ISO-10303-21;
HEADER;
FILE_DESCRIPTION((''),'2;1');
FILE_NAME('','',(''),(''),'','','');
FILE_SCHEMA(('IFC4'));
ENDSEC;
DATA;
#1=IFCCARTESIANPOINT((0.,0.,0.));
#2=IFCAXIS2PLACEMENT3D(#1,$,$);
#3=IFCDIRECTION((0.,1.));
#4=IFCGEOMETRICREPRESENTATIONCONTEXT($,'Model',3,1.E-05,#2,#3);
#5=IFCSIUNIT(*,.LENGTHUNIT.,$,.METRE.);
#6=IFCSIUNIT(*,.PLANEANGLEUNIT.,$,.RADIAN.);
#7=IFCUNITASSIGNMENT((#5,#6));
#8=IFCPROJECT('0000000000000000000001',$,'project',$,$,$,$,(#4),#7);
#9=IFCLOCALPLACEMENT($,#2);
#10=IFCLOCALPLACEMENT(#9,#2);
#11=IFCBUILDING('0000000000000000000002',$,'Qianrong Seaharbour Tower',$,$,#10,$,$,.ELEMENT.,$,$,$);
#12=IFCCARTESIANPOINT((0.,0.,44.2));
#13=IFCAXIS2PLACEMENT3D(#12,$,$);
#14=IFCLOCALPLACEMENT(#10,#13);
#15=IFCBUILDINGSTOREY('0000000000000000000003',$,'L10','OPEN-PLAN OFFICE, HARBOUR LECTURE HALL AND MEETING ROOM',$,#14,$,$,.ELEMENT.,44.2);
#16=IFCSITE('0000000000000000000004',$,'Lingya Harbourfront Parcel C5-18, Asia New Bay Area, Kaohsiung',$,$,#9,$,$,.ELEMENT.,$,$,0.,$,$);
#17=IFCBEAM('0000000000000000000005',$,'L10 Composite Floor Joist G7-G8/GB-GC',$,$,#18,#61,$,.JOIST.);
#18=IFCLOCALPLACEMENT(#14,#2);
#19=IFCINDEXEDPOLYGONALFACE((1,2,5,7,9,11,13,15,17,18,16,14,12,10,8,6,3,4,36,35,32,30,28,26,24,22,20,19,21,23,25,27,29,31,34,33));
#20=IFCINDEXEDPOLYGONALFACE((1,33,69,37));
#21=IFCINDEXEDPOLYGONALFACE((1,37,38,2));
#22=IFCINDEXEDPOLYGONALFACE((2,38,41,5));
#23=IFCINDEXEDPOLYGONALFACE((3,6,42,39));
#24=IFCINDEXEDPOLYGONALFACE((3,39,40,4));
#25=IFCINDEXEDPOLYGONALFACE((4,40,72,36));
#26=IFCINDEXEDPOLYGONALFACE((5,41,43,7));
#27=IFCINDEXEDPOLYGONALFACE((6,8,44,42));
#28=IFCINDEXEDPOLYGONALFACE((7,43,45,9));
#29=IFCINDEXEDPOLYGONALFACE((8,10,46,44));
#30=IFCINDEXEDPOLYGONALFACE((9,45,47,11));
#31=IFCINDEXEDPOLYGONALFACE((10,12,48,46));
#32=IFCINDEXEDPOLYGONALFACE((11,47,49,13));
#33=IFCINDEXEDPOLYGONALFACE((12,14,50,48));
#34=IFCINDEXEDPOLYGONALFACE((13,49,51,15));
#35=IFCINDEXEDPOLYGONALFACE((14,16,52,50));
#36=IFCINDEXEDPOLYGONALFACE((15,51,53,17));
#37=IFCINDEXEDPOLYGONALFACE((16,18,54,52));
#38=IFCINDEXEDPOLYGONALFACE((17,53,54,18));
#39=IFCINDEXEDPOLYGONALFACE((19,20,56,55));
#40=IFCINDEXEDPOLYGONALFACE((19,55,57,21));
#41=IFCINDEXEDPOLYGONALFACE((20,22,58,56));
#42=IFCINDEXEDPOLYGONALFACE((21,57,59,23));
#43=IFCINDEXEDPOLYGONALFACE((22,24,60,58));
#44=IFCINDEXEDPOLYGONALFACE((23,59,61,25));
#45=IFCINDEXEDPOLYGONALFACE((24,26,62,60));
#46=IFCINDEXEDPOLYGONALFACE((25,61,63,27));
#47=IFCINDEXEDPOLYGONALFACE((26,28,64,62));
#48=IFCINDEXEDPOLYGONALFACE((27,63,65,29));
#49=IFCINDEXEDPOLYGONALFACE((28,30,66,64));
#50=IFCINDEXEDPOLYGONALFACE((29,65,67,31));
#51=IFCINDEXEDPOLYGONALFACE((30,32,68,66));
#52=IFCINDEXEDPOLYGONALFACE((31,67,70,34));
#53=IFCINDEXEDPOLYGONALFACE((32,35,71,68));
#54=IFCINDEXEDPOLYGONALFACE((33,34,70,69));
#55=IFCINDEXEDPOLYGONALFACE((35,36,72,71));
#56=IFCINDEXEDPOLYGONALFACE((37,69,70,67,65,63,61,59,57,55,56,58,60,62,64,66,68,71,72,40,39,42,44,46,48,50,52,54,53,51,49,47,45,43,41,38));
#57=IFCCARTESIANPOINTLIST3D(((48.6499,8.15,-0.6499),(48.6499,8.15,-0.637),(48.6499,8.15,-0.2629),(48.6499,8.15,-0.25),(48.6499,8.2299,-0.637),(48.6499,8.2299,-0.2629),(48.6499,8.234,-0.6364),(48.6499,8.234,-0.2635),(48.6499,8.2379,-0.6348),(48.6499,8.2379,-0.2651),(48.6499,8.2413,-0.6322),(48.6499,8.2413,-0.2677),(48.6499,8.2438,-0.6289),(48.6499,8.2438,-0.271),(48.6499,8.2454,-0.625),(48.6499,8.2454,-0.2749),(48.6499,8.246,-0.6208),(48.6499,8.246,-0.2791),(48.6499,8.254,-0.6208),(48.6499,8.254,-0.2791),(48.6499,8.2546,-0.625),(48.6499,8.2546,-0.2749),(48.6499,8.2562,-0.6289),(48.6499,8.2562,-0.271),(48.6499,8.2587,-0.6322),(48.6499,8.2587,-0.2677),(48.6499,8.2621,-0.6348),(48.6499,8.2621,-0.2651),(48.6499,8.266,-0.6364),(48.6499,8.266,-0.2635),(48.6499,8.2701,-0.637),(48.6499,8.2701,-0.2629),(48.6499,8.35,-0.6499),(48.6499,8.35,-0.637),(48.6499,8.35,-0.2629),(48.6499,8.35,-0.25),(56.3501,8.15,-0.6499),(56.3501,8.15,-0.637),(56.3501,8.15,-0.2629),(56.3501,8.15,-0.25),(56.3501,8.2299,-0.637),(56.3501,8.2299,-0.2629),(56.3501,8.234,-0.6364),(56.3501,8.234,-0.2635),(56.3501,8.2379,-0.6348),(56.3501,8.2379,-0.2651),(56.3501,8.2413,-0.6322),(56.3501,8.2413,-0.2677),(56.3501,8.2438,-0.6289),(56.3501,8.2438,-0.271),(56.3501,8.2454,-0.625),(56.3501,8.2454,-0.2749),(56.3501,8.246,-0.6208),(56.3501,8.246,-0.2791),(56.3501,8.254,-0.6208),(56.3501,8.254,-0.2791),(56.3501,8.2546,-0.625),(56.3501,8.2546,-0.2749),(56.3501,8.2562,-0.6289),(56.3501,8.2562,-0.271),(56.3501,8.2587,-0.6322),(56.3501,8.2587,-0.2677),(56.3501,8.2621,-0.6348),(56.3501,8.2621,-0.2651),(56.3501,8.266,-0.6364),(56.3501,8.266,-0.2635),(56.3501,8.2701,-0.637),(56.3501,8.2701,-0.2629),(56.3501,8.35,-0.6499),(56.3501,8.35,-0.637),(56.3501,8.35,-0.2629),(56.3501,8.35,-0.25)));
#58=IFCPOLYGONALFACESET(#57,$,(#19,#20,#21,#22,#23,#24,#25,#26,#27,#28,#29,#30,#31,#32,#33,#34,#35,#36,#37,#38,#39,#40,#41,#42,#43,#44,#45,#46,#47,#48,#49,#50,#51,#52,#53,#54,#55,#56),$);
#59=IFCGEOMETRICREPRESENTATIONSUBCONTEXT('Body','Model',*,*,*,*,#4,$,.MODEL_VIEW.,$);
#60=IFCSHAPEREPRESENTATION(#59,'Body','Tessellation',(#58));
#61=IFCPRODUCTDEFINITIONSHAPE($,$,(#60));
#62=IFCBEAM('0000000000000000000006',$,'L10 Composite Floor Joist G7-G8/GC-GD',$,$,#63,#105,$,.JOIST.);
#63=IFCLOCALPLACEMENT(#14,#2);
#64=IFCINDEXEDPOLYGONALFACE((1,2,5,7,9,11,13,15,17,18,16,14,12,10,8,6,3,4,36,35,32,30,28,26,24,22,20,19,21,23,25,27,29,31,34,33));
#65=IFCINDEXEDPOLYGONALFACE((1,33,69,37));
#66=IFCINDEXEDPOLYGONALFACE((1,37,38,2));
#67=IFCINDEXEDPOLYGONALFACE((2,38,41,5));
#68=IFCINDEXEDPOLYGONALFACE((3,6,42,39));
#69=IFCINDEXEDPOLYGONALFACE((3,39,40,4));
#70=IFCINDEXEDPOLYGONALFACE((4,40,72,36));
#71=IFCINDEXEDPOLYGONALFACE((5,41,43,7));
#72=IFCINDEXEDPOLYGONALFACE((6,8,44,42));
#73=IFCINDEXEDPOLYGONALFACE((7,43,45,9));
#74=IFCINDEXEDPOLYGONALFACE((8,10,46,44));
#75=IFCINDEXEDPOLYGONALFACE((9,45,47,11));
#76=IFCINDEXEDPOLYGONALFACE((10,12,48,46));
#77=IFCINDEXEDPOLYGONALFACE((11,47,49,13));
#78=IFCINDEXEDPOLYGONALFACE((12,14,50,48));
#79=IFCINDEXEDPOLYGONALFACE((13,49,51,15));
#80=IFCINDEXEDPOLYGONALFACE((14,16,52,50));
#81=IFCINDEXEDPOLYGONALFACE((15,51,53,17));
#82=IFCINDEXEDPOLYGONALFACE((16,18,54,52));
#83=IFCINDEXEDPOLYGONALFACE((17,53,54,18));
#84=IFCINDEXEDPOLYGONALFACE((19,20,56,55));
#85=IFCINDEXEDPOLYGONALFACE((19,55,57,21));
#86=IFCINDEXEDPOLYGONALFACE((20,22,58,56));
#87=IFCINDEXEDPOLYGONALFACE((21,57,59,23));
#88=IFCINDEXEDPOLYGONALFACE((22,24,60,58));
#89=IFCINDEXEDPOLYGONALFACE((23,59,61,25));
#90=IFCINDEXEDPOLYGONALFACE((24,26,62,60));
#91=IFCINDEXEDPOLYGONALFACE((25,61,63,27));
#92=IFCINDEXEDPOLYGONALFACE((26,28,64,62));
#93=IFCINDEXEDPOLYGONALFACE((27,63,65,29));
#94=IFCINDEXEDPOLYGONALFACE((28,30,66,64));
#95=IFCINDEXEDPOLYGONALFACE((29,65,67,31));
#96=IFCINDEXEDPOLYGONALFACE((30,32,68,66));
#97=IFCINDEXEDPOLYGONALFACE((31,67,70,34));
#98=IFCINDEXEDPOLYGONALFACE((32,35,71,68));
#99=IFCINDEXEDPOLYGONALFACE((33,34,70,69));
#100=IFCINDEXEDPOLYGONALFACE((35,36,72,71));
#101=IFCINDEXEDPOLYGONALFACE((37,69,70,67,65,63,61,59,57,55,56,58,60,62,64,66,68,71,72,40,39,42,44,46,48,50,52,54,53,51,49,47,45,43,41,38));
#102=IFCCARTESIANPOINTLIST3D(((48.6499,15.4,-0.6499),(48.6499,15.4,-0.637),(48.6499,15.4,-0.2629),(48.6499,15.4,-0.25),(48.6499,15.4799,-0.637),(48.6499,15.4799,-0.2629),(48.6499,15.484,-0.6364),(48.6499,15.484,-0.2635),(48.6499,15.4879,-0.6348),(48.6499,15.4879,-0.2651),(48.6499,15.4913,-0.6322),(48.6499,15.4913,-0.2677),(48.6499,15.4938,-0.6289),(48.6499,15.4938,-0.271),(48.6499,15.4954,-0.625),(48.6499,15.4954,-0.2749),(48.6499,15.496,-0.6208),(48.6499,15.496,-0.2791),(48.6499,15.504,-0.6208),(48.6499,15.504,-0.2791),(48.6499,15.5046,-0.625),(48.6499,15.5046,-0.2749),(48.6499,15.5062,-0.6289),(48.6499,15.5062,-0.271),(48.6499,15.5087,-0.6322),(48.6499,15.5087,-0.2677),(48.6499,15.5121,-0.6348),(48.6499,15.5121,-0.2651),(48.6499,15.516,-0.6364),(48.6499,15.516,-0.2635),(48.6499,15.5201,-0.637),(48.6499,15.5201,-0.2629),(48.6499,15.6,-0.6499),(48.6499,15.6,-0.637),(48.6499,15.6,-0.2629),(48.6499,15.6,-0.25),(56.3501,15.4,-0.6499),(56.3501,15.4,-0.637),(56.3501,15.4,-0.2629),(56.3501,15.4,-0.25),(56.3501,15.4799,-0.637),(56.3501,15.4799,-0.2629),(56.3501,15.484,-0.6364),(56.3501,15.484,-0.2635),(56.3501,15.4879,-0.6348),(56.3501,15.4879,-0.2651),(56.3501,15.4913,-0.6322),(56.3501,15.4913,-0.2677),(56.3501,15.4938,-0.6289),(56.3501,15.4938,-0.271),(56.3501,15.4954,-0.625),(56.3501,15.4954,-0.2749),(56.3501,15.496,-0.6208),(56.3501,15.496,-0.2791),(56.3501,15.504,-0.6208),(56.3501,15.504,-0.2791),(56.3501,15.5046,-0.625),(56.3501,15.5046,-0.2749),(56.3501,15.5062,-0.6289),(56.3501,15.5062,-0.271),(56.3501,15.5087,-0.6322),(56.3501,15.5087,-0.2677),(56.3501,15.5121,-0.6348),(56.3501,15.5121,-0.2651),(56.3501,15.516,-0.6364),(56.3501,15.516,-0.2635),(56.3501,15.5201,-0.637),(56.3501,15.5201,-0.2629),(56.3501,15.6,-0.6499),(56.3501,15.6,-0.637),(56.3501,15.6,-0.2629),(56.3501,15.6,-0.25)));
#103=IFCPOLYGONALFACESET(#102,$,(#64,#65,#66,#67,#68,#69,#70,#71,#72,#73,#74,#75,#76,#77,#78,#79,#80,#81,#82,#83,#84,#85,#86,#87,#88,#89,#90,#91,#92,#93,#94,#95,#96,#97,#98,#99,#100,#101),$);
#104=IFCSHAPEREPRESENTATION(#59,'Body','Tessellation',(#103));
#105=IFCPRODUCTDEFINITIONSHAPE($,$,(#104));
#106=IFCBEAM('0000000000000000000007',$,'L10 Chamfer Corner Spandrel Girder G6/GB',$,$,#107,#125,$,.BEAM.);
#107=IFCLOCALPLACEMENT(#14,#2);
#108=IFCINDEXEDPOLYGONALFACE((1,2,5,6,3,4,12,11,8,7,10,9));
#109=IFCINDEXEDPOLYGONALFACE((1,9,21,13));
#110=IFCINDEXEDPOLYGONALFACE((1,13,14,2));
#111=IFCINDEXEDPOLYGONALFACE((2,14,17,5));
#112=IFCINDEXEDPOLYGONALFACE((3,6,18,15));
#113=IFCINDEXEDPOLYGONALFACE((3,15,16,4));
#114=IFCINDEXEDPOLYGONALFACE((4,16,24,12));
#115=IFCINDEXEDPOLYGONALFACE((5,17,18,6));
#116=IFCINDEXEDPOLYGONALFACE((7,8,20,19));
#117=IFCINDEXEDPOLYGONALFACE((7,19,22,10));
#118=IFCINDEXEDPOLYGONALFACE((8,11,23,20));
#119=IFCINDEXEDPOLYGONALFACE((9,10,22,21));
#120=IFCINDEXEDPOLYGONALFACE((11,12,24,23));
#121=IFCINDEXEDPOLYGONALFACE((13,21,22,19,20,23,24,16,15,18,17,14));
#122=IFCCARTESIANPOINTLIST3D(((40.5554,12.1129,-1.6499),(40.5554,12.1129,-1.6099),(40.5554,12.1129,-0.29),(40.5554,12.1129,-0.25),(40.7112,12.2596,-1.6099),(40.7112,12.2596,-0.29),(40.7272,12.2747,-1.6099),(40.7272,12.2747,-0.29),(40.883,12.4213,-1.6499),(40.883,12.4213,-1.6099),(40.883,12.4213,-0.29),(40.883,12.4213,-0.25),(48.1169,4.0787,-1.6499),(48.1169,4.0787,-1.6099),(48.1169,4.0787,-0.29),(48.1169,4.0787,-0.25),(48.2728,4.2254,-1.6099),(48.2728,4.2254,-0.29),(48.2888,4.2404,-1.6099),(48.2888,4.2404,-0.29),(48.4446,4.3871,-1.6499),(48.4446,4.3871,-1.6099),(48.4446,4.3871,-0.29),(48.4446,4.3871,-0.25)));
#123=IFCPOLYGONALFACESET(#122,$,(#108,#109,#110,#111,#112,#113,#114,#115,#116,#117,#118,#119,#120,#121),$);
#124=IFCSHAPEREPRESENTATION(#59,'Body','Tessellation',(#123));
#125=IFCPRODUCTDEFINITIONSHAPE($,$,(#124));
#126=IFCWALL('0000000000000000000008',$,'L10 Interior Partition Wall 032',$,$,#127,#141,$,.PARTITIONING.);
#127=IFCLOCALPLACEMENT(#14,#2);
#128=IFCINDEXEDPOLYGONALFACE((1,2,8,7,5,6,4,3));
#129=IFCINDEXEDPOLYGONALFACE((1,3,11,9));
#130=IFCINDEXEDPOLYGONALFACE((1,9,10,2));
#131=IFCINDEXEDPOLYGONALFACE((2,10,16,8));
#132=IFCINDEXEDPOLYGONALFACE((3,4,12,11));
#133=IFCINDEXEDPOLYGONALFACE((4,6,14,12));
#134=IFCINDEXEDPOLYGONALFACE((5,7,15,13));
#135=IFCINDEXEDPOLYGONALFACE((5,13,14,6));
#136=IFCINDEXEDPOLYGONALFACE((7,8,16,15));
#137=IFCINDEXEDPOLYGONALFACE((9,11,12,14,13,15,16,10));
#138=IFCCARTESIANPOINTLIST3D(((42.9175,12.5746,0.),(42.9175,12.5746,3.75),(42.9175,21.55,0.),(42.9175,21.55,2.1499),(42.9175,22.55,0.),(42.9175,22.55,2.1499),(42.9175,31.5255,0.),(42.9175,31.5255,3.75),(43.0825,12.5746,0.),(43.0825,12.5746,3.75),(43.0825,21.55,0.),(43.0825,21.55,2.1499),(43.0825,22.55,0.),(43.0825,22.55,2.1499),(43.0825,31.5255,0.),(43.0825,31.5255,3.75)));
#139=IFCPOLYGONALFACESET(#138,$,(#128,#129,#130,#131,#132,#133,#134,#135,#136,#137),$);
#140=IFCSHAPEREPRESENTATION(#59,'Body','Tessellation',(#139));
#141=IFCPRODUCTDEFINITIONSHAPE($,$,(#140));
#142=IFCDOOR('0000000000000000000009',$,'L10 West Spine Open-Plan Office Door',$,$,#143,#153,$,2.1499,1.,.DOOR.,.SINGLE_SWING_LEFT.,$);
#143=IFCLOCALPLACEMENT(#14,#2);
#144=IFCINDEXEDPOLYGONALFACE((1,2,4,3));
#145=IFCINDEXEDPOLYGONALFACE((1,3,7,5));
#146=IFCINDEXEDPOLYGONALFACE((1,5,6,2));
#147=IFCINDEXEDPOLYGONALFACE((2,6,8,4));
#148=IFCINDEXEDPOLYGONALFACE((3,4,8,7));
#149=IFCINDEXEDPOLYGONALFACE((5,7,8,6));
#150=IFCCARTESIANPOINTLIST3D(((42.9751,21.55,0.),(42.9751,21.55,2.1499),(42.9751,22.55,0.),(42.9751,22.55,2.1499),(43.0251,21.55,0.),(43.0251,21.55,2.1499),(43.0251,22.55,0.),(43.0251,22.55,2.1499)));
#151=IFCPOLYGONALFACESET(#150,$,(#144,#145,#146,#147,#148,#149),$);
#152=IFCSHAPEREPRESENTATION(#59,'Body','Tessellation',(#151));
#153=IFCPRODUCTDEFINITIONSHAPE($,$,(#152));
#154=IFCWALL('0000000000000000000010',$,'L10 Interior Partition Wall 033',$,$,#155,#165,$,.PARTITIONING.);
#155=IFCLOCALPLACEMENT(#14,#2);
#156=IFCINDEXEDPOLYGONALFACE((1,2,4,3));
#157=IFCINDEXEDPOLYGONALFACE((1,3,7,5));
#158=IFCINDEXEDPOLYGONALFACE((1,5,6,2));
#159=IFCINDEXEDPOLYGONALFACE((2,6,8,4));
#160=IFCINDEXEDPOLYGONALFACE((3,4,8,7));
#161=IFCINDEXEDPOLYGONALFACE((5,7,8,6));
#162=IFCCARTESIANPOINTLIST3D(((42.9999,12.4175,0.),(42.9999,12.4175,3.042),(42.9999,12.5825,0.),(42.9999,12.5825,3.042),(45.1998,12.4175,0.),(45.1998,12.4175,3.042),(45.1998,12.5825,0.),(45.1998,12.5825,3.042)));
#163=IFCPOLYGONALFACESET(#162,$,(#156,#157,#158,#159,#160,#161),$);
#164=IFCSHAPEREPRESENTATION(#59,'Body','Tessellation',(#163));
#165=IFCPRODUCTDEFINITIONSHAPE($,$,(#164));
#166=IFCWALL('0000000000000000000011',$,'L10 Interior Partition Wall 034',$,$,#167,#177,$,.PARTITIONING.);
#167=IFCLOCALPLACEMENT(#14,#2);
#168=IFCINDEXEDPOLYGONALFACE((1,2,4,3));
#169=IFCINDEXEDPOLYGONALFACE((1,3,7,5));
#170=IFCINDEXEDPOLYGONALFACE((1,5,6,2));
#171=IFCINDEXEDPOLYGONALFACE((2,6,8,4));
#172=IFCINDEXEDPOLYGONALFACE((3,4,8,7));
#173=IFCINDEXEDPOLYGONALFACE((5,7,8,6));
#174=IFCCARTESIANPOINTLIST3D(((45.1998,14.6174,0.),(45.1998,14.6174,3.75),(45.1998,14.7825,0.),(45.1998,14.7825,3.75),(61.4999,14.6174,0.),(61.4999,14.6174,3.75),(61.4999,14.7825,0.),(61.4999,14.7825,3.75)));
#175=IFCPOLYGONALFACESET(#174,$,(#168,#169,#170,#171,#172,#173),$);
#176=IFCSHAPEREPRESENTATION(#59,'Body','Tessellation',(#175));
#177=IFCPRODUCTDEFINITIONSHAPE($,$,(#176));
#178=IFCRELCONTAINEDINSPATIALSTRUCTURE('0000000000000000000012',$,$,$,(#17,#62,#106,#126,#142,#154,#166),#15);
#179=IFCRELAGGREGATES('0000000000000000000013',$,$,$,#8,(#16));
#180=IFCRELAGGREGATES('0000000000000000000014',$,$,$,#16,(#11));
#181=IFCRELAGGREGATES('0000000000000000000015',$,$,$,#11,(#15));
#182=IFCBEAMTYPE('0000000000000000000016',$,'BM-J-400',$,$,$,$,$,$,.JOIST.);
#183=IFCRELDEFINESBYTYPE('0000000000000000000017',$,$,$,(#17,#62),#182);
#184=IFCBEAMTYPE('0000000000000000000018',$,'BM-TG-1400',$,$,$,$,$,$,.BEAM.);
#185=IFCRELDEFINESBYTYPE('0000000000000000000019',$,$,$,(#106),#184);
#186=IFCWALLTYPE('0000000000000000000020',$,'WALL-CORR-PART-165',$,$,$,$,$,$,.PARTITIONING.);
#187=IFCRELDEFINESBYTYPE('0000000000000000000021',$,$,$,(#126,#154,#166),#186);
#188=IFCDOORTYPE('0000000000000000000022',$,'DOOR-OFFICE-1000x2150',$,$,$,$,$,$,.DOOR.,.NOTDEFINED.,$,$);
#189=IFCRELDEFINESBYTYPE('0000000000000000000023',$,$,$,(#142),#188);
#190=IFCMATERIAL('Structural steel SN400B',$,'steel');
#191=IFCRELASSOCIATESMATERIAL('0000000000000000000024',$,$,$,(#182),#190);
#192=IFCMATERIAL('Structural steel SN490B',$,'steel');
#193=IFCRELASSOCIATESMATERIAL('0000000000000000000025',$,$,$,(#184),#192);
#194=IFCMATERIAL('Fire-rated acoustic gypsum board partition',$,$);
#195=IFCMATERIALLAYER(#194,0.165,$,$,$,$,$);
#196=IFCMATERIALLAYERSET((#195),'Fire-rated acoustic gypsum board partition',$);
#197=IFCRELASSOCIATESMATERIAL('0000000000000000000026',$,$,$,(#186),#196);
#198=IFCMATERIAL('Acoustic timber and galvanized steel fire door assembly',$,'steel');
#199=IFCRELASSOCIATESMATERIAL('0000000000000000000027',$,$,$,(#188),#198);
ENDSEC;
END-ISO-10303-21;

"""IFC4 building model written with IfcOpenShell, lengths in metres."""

from ifc_helpers import new_model, si_unit, direction, frame, frame_2d, origin, origin_2d, place, context, subcontext, project, spatial, rectangle, i_section, extrude, material, layer, layer_set, material_profile, profile_set, type_object, element, fill, save


model = new_model("IFC4")

# Units and contexts
model_context = context("Model", 3, precision=1e-05, world=origin(), true_north=direction((0.0, 1.0)))
body_context = subcontext(model_context, "Body", "Model", "MODEL_VIEW")
ifc_project = project(units=[si_unit("LENGTHUNIT", "METRE"), si_unit("PLANEANGLEUNIT", "RADIAN")], contexts=[model_context])

# Site, building, storey
site_placement = place(None, origin())
site = spatial("IfcSite", under=ifc_project, at=site_placement, Name="Lingya Harbourfront Parcel C5-18, Asia New Bay Area, Kaohsiung", CompositionType="ELEMENT", RefElevation=0.0)
building_placement = place(site_placement, origin())
building = spatial("IfcBuilding", under=site, at=building_placement, Name="Qianrong Seaharbour Tower", CompositionType="ELEMENT")
storey_placement = place(building_placement, frame((0.0, 0.0, 44.2)))
storey = spatial("IfcBuildingStorey", under=building, at=storey_placement, Name="L10", Description="OPEN-PLAN OFFICE, HARBOUR LECTURE HALL AND MEETING ROOM", CompositionType="ELEMENT", Elevation=44.2)

# Shared definitions
ifc_material_1 = material(Name="Structural steel SN490B", Category="steel")

# Beams
ifc_material_2 = material(Name="Structural steel SN400B", Category="steel")
ifc_material_profile_1 = material_profile(ifc_material_2, i_section(OverallWidth=0.2, OverallDepth=0.3999, WebThickness=0.0081, FlangeThickness=0.0129, FilletRadius=0.0161, at=origin_2d()), Name="H400x200x8x13")
ifc_profile_set_1 = profile_set([ifc_material_profile_1], Name="Structural steel SN400B")
beam_type_1 = type_object("IfcBeamType", Name="BM-J-400", PredefinedType="JOIST", material=ifc_profile_set_1)
for number, where, z_axis, x_axis, name in (
    (1, (48.6499, 8.25, -0.45), (1.0, 0.0, 0.0), (0.0, 1.0, 0.0), "L10 Composite Floor Joist G7-G8/GB-GC"),
    (2, (48.6499, 15.5, -0.45), (1.0, 0.0, 0.0), (0.0, 1.0, 0.0), "L10 Composite Floor Joist G7-G8/GC-GD"),
):
    element("IfcBeam", number, at=place(storey_placement, frame(where, z_axis=z_axis, x_axis=x_axis)), inside=storey, type_object=beam_type_1, Name=name, PredefinedType="JOIST", context=body_context, shape_type="SweptSolid", body=[
        extrude(i_section(OverallWidth=0.2, OverallDepth=0.3999, WebThickness=0.0081, FlangeThickness=0.0129, FilletRadius=0.0161, at=origin_2d()), origin(), (0.0, 0.0, 1.0), 7.7002),
    ])
ifc_material_profile_2 = material_profile(ifc_material_1, i_section(OverallWidth=0.45, OverallDepth=1.3999, WebThickness=0.022, FlangeThickness=0.04, at=origin_2d()), Name="BH1400x450x22x40")
ifc_profile_set_2 = profile_set([ifc_material_profile_2], Name="Structural steel SN490B")
beam_type_2 = type_object("IfcBeamType", Name="BM-TG-1400", PredefinedType="BEAM", material=ifc_profile_set_2)
beam_1_placement = place(storey_placement, frame((48.2808, 4.2329, -0.95), z_axis=(-0.685362, 0.728203, 0.0), x_axis=(-0.728203, -0.685362, 0.0)))
element("IfcBeam", 3, at=beam_1_placement, inside=storey, type_object=beam_type_2, Name="L10 Chamfer Corner Spandrel Girder G6/GB", PredefinedType="BEAM", context=body_context, shape_type="SweptSolid", body=[
    extrude(i_section(OverallWidth=0.45, OverallDepth=1.3999, WebThickness=0.022, FlangeThickness=0.04, at=origin_2d()), origin(), (0.0, 0.0, 1.0), 11.033),
])

# Wall, opening, door
ifc_material_3 = material(Name="Fire-rated acoustic gypsum board partition")
ifc_layer_1 = layer(ifc_material_3, 0.165)
ifc_layer_set_1 = layer_set([ifc_layer_1], Name="Fire-rated acoustic gypsum board partition")
wall_type_1 = type_object("IfcWallType", Name="WALL-CORR-PART-165", PredefinedType="PARTITIONING", material=ifc_layer_set_1)
wall_1_placement = place(storey_placement, frame((43.0, 12.5745, 0.0), z_axis=(0.0, 0.0, 1.0), x_axis=(0.0, 1.0, 0.0)))
wall_1 = element("IfcWall", 4, at=wall_1_placement, inside=storey, type_object=wall_type_1, Name="L10 Interior Partition Wall 032", PredefinedType="PARTITIONING", context=body_context, shape_type="SweptSolid", body=[
    extrude(rectangle(XDim=18.9509, YDim=0.165, at=frame_2d((9.4756, 0.0))), origin(), (0.0, 0.0, 1.0), 3.75),
])
opening_1_placement = place(wall_1_placement, frame((8.9756, 0.0, 0.0)))
opening_1 = element("IfcOpeningElement", 5, at=opening_1_placement, cuts=wall_1, PredefinedType="OPENING", context=body_context, shape_type="SweptSolid", body=[
    extrude(rectangle(XDim=1.0, YDim=2.1499, at=frame_2d((0.5, 1.075))), frame((0.0, 0.0925, 0.0), z_axis=(0.0, -1.0, 0.0), x_axis=(1.0, 0.0, 0.0)), (0.0, 0.0, 1.0), 0.1851),
])
ifc_material_4 = material(Name="Acoustic timber and galvanized steel fire door assembly", Category="steel")
door_type_1 = type_object("IfcDoorType", Name="DOOR-OFFICE-1000x2150", OperationType="NOTDEFINED", PredefinedType="DOOR", material=ifc_material_4)
door_1_placement = place(opening_1_placement, origin())
door_1 = element("IfcDoor", 6, at=door_1_placement, inside=storey, type_object=door_type_1, Name="L10 West Spine Open-Plan Office Door", OperationType="SINGLE_SWING_LEFT", OverallHeight=2.1499, OverallWidth=1.0, PredefinedType="DOOR", context=body_context, shape_type="SweptSolid", body=[
    extrude(rectangle(XDim=1.0, YDim=2.1499, at=frame_2d((0.5, 1.075))), frame((0.0, 0.0249, 0.0), z_axis=(0.0, -1.0, 0.0), x_axis=(1.0, 0.0, 0.0)), (0.0, 0.0, 1.0), 0.05),
])
fill(opening_1, door_1)

# Walls
wall_2_placement = place(storey_placement, frame((45.2, 12.5, 0.0), z_axis=(0.0, 0.0, 1.0), x_axis=(-1.0, 0.0, 0.0)))
element("IfcWall", 7, at=wall_2_placement, inside=storey, type_object=wall_type_1, Name="L10 Interior Partition Wall 033", PredefinedType="PARTITIONING", context=body_context, shape_type="SweptSolid", body=[
    extrude(rectangle(XDim=2.2, YDim=0.165, at=frame_2d((1.1001, 0.0))), origin(), (0.0, 0.0, 1.0), 3.042),
])
wall_3_placement = place(storey_placement, frame((45.2, 14.7, 0.0), z_axis=(0.0, 0.0, 1.0), x_axis=(1.0, 0.0, 0.0)))
element("IfcWall", 8, at=wall_3_placement, inside=storey, type_object=wall_type_1, Name="L10 Interior Partition Wall 034", PredefinedType="PARTITIONING", context=body_context, shape_type="SweptSolid", body=[
    extrude(rectangle(XDim=16.3, YDim=0.165, at=frame_2d((8.1499, 0.0))), origin(), (0.0, 0.0, 1.0), 3.75),
])

save(model, "model.ifc")
